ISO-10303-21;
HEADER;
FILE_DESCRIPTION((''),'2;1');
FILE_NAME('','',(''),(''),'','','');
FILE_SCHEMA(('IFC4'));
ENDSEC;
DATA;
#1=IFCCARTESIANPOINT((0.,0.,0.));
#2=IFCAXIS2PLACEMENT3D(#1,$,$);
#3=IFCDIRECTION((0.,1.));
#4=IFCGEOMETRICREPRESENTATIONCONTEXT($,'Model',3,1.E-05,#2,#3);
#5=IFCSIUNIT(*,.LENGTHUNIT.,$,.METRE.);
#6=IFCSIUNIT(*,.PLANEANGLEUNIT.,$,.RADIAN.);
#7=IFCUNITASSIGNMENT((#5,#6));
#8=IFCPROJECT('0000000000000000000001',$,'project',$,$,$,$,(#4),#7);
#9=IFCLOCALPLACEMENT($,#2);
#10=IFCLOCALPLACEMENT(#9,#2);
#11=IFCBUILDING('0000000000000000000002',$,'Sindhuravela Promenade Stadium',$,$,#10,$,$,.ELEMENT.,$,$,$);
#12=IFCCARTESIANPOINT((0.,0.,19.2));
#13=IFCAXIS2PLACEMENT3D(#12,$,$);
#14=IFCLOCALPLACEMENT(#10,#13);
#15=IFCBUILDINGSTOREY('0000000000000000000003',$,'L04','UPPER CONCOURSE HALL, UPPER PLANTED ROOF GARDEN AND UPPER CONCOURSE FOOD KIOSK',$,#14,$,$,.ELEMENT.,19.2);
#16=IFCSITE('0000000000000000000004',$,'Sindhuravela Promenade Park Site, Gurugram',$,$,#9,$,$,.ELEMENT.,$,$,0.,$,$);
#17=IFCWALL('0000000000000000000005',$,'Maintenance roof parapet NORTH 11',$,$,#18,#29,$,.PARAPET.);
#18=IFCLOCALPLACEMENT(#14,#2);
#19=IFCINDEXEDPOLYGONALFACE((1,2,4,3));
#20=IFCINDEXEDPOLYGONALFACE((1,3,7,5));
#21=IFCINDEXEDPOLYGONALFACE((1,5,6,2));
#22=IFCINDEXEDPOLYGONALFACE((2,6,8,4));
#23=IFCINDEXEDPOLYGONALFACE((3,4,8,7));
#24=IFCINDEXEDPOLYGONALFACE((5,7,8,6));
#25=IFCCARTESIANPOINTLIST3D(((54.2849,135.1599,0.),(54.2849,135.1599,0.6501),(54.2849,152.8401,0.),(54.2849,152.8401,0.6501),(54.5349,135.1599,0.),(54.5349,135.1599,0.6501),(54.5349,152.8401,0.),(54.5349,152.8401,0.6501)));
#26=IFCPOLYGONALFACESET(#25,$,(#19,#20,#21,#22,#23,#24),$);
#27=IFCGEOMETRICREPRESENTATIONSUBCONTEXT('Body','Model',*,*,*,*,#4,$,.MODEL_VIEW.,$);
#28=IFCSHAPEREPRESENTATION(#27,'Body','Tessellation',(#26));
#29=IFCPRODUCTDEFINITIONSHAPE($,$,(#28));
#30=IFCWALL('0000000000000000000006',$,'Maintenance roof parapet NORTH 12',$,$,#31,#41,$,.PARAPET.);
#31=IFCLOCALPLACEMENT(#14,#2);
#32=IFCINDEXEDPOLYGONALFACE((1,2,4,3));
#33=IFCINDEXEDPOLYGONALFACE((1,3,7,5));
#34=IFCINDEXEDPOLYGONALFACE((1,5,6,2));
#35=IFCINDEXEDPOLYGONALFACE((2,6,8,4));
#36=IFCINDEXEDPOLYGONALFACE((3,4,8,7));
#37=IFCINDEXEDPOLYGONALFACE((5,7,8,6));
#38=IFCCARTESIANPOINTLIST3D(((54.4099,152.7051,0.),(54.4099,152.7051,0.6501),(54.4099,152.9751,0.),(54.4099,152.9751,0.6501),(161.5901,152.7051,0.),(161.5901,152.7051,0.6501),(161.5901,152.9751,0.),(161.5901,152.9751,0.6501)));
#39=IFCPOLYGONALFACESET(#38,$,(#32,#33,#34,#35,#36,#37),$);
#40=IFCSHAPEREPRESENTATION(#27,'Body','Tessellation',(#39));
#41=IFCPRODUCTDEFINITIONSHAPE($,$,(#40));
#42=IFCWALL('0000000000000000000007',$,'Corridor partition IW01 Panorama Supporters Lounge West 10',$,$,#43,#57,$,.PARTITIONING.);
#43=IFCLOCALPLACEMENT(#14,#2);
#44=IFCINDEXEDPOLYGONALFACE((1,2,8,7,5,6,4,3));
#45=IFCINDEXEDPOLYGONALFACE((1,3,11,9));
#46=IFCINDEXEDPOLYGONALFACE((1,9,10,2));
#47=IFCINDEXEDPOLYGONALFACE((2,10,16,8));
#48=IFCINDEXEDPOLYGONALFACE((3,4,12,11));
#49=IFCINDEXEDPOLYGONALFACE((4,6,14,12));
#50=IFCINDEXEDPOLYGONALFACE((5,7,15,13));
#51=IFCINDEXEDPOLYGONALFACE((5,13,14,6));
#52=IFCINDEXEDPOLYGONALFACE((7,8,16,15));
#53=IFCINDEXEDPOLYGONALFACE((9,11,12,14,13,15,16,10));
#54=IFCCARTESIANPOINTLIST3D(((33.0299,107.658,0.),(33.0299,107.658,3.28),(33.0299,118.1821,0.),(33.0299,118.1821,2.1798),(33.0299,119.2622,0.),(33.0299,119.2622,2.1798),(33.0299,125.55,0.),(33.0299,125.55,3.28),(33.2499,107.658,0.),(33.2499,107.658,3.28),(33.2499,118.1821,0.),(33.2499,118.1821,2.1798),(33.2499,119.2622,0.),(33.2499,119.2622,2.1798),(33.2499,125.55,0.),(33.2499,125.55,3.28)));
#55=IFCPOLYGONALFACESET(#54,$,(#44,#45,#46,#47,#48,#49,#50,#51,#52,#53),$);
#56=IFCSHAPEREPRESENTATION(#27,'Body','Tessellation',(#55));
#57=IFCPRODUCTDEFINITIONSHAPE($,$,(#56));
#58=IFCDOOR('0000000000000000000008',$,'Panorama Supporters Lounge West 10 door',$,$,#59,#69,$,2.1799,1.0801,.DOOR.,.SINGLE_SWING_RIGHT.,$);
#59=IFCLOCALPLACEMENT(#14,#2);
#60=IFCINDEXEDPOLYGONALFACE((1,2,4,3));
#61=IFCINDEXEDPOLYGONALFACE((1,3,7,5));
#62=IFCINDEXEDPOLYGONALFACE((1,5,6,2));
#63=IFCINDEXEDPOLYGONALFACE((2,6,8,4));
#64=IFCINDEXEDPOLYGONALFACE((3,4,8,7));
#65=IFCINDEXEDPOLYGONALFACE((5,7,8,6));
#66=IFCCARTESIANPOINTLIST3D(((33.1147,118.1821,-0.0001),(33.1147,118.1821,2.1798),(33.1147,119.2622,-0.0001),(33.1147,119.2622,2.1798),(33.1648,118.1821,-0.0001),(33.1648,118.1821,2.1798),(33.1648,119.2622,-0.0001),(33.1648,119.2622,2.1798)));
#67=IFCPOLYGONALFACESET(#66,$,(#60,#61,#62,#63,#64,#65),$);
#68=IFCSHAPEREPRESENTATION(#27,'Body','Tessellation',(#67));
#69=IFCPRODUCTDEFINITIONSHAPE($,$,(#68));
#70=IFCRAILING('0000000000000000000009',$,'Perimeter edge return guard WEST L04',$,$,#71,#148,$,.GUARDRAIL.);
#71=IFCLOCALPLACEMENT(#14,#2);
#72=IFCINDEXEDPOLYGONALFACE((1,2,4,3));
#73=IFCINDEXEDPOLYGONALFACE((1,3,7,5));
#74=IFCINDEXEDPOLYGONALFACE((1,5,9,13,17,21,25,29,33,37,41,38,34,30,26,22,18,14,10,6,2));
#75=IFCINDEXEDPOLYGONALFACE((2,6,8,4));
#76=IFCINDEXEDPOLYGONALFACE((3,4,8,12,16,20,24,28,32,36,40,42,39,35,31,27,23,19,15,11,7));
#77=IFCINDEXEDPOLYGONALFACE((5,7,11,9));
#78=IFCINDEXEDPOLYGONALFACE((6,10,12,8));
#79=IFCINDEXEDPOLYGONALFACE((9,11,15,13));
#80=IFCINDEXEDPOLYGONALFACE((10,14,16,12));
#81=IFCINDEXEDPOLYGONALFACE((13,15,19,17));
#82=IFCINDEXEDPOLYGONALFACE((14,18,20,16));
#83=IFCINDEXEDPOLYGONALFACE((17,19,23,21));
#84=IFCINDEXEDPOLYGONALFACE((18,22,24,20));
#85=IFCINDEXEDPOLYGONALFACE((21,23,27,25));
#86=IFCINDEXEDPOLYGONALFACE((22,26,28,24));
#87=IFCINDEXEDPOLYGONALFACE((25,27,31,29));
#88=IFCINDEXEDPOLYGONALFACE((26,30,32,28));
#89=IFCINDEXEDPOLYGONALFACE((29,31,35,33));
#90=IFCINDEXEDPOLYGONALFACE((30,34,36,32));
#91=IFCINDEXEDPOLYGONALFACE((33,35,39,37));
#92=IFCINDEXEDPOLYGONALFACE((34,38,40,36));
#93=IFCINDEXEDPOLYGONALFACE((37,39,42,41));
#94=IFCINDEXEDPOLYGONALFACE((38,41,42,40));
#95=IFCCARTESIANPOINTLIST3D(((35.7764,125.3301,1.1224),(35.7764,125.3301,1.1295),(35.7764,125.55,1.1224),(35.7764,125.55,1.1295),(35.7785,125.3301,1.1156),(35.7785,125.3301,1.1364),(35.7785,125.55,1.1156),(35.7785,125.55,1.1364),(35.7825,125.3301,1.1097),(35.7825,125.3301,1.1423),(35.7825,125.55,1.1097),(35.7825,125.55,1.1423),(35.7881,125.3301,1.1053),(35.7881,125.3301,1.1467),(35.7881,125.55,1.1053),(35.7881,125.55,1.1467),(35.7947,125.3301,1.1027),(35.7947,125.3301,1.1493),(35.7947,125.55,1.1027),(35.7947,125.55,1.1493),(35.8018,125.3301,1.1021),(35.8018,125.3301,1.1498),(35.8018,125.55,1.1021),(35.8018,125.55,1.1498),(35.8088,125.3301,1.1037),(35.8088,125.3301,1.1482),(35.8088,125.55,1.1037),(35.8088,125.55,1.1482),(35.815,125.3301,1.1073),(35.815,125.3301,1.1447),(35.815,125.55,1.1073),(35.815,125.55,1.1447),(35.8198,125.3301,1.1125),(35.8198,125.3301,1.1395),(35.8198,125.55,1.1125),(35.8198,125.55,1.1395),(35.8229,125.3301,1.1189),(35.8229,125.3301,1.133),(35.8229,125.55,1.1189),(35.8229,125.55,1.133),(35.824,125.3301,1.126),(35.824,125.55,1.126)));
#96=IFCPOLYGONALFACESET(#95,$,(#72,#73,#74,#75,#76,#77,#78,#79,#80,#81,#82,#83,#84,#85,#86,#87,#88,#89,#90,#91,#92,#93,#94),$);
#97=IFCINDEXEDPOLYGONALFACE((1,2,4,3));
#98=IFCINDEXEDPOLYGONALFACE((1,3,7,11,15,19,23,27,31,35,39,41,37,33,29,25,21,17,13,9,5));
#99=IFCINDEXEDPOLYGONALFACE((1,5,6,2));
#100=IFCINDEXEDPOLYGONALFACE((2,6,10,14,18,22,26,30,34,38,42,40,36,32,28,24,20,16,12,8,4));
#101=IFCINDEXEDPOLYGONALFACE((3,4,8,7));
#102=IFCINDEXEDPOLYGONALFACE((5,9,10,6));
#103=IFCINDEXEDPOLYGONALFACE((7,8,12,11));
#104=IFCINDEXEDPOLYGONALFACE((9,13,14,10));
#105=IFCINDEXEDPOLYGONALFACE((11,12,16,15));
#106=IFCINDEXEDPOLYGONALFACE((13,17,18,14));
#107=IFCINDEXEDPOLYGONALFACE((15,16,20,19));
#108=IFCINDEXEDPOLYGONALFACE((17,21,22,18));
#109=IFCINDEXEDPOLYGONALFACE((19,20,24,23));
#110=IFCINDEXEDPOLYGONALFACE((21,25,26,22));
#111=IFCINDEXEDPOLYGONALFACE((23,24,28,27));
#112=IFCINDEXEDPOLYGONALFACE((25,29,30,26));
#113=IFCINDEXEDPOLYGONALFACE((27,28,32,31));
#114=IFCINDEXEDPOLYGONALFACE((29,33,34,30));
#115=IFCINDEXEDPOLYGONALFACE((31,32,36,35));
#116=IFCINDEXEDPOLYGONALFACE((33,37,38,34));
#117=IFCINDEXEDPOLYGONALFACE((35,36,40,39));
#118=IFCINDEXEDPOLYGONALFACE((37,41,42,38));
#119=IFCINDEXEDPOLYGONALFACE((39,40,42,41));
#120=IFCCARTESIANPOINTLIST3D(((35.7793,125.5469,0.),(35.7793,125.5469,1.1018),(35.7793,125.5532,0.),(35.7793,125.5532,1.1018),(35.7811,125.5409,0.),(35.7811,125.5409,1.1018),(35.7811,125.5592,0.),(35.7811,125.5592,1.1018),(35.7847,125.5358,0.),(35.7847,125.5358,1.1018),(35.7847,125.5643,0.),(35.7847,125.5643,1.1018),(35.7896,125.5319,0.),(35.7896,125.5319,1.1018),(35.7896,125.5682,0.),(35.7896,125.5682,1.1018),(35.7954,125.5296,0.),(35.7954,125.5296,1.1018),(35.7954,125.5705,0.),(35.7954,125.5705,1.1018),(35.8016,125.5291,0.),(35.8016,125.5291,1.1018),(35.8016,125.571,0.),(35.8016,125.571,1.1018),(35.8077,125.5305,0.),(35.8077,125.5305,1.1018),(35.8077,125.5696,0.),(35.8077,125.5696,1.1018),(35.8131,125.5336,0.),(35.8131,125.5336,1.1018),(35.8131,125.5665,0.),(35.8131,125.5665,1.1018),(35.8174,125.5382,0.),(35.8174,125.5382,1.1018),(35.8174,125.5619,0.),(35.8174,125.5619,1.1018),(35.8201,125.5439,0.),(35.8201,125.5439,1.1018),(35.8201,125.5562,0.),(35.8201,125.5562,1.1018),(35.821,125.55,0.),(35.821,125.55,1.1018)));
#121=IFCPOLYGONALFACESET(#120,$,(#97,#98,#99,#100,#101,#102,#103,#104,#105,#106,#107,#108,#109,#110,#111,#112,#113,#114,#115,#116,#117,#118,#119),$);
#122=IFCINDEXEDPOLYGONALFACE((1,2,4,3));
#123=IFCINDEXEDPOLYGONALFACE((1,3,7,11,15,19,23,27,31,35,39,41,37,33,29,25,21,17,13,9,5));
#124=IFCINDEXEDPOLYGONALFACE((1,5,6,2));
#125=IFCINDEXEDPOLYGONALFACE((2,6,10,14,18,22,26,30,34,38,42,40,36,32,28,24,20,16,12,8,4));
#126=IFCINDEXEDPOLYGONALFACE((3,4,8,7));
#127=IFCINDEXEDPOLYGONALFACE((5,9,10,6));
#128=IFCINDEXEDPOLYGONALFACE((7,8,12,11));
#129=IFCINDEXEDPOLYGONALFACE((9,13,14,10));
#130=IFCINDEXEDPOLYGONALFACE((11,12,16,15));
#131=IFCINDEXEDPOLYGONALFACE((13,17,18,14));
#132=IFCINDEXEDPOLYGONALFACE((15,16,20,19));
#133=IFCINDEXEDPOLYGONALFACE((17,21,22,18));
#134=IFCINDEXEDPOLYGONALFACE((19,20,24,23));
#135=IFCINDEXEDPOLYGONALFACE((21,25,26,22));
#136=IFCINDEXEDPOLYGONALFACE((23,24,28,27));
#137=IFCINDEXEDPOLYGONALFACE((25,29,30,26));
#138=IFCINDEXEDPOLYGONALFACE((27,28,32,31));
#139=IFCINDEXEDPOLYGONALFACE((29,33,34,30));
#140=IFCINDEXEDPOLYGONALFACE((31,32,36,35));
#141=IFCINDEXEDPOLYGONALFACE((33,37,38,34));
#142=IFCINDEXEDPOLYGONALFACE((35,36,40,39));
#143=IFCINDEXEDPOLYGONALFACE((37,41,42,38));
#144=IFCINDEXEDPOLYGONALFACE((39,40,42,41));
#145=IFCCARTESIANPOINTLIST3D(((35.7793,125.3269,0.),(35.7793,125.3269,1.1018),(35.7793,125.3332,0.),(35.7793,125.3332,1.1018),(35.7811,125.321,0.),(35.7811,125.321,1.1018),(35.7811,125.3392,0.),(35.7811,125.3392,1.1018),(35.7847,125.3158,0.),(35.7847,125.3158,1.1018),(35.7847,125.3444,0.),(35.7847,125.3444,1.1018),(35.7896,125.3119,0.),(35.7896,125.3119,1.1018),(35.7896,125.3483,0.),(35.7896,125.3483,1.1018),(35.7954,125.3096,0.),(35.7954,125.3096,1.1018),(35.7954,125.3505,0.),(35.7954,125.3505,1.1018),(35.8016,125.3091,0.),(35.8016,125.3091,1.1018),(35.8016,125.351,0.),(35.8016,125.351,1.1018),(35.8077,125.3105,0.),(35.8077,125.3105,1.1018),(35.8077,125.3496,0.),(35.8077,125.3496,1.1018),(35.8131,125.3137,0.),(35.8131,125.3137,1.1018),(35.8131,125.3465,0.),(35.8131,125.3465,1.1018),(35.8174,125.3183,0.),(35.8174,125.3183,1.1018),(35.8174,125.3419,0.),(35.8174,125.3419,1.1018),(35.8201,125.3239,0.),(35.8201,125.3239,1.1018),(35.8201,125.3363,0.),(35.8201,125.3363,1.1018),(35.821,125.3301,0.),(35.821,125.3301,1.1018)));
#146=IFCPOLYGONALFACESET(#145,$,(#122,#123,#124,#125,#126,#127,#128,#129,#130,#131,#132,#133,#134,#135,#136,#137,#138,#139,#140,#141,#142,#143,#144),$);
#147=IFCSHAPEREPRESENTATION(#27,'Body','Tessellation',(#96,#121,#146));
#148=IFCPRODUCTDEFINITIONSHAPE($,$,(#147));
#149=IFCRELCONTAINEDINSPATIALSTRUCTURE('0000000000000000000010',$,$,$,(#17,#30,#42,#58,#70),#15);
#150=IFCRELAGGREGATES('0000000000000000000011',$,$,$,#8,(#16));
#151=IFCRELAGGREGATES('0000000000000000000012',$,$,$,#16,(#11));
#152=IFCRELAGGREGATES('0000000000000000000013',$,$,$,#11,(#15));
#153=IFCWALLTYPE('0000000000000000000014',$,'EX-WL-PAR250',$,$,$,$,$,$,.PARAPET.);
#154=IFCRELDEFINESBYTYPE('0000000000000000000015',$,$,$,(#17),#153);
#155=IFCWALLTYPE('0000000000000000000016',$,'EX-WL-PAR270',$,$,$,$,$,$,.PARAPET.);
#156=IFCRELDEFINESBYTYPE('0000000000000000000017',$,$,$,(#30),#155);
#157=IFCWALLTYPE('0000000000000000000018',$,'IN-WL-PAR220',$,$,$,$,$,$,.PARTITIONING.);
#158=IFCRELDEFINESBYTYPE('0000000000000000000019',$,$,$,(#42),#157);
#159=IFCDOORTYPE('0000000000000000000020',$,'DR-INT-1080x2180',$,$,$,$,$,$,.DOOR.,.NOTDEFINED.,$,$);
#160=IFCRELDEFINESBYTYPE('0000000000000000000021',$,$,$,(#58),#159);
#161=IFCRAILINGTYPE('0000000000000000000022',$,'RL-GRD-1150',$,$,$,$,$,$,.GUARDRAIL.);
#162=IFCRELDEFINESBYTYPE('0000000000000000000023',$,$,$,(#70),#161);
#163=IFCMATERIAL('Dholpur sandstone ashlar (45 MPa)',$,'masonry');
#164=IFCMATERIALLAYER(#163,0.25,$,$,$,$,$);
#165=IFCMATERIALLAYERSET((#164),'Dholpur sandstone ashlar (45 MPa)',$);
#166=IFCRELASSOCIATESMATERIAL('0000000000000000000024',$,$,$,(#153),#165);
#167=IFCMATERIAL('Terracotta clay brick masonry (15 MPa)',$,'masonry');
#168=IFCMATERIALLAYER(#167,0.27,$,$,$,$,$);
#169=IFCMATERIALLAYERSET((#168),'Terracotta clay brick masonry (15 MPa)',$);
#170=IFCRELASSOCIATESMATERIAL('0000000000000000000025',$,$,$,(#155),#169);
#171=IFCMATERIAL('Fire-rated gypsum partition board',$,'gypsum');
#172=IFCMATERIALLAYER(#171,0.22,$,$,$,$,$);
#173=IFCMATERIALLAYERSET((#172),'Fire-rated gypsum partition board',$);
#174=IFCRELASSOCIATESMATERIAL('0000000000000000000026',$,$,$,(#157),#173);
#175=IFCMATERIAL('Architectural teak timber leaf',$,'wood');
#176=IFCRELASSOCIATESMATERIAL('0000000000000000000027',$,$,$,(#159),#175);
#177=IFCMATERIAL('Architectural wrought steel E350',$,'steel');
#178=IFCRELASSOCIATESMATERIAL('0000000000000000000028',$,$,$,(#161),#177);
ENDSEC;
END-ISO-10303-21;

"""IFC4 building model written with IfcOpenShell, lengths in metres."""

from ifc_helpers import new_model, si_unit, direction, frame, frame_2d, origin, origin_2d, place, context, subcontext, project, spatial, rectangle, circle, extrude, material, layer, layer_set, type_object, element, fill, save


model = new_model("IFC4")

# Units and contexts
model_context = context("Model", 3, precision=1e-05, world=origin(), true_north=direction((0.0, 1.0)))
body_context = subcontext(model_context, "Body", "Model", "MODEL_VIEW")
ifc_project = project(units=[si_unit("LENGTHUNIT", "METRE"), si_unit("PLANEANGLEUNIT", "RADIAN")], contexts=[model_context])

# Site, building, storey
site_placement = place(None, origin())
site = spatial("IfcSite", under=ifc_project, at=site_placement, Name="Sindhuravela Promenade Park Site, Gurugram", CompositionType="ELEMENT", RefElevation=0.0)
building_placement = place(site_placement, origin())
building = spatial("IfcBuilding", under=site, at=building_placement, Name="Sindhuravela Promenade Stadium", CompositionType="ELEMENT")
storey_placement = place(building_placement, frame((0.0, 0.0, 19.2)))
storey = spatial("IfcBuildingStorey", under=building, at=storey_placement, Name="L04", Description="UPPER CONCOURSE HALL, UPPER PLANTED ROOF GARDEN AND UPPER CONCOURSE FOOD KIOSK", CompositionType="ELEMENT", Elevation=19.2)

# Walls
ifc_material_1 = material(Name="Terracotta clay brick masonry (15 MPa)", Category="masonry")
ifc_material_2 = material(Name="Dholpur sandstone ashlar (45 MPa)", Category="masonry")
ifc_layer_1 = layer(ifc_material_2, 0.25)
ifc_layer_set_1 = layer_set([ifc_layer_1], Name="Dholpur sandstone ashlar (45 MPa)")
wall_type_1 = type_object("IfcWallType", Name="EX-WL-PAR250", PredefinedType="PARAPET", material=ifc_layer_set_1)
wall_1_placement = place(storey_placement, frame((54.4099, 135.1599, 0.0), z_axis=(0.0, 0.0, 1.0), x_axis=(0.0, 1.0, 0.0)))
element("IfcWall", 1, at=wall_1_placement, inside=storey, type_object=wall_type_1, Name="Maintenance roof parapet NORTH 11", PredefinedType="PARAPET", context=body_context, shape_type="SweptSolid", body=[
    extrude(rectangle(XDim=17.6802, YDim=0.25, at=frame_2d((8.8401, 0.0))), origin(), (0.0, 0.0, 1.0), 0.6501),
])
ifc_layer_2 = layer(ifc_material_1, 0.27)
ifc_layer_set_2 = layer_set([ifc_layer_2], Name="Terracotta clay brick masonry (15 MPa)")
wall_type_2 = type_object("IfcWallType", Name="EX-WL-PAR270", PredefinedType="PARAPET", material=ifc_layer_set_2)
wall_2_placement = place(storey_placement, frame((54.4099, 152.8401, 0.0), z_axis=(0.0, 0.0, 1.0), x_axis=(1.0, 0.0, 0.0)))
element("IfcWall", 2, at=wall_2_placement, inside=storey, type_object=wall_type_2, Name="Maintenance roof parapet NORTH 12", PredefinedType="PARAPET", context=body_context, shape_type="SweptSolid", body=[
    extrude(rectangle(XDim=107.1802, YDim=0.27, at=frame_2d((53.5901, 0.0))), origin(), (0.0, 0.0, 1.0), 0.6501),
])

# Wall, opening, door
ifc_material_3 = material(Name="Fire-rated gypsum partition board", Category="gypsum")
ifc_layer_3 = layer(ifc_material_3, 0.22)
ifc_layer_set_3 = layer_set([ifc_layer_3], Name="Fire-rated gypsum partition board")
wall_type_3 = type_object("IfcWallType", Name="IN-WL-PAR220", PredefinedType="PARTITIONING", material=ifc_layer_set_3)
wall_3_placement = place(storey_placement, frame((33.1399, 125.55, 0.0), z_axis=(0.0, 0.0, 1.0), x_axis=(0.0, -1.0, 0.0)))
wall_3 = element("IfcWall", 3, at=wall_3_placement, inside=storey, type_object=wall_type_3, Name="Corridor partition IW01 Panorama Supporters Lounge West 10", PredefinedType="PARTITIONING", context=body_context, shape_type="SweptSolid", body=[
    extrude(rectangle(XDim=17.8921, YDim=0.22, at=frame_2d((8.946, 0.0))), origin(), (0.0, 0.0, 1.0), 3.28),
])
opening_placement = place(wall_3_placement, frame((6.2878, 0.0, 0.0)))
opening = element("IfcOpeningElement", 4, at=opening_placement, cuts=wall_3, PredefinedType="OPENING", context=body_context, shape_type="SweptSolid", body=[
    extrude(rectangle(XDim=1.0801, YDim=2.1799, at=frame_2d((0.54, 1.0898))), frame((0.0, 0.1199, 0.0), z_axis=(0.0, -1.0, 0.0), x_axis=(1.0, 0.0, 0.0)), (0.0, 0.0, 1.0), 0.24),
])
ifc_material_4 = material(Name="Architectural teak timber leaf", Category="wood")
door_type = type_object("IfcDoorType", Name="DR-INT-1080x2180", OperationType="NOTDEFINED", PredefinedType="DOOR", material=ifc_material_4)
door_placement = place(opening_placement, origin())
door = element("IfcDoor", 5, at=door_placement, inside=storey, type_object=door_type, Name="Panorama Supporters Lounge West 10 door", OperationType="SINGLE_SWING_RIGHT", OverallHeight=2.1799, OverallWidth=1.0801, PredefinedType="DOOR", context=body_context, shape_type="SweptSolid", body=[
    extrude(rectangle(XDim=1.0801, YDim=2.1799, at=frame_2d((0.54, 1.0898))), frame((0.0, 0.0249, 0.0), z_axis=(0.0, -1.0, 0.0), x_axis=(1.0, 0.0, 0.0)), (0.0, 0.0, 1.0), 0.05),
])
fill(opening, door)

# Railing
ifc_material_5 = material(Name="Architectural wrought steel E350", Category="steel")
railing_type = type_object("IfcRailingType", Name="RL-GRD-1150", PredefinedType="GUARDRAIL", material=ifc_material_5)
railing_placement = place(storey_placement, frame((35.8, 125.55, 0.0)))
element("IfcRailing", 6, at=railing_placement, inside=storey, type_object=railing_type, Name="Perimeter edge return guard WEST L04", PredefinedType="GUARDRAIL", context=body_context, shape_type="SweptSolid", body=[
    extrude(circle(Radius=0.0239, at=origin_2d()), frame((0.0, 0.0, 1.126), z_axis=(0.0, -1.0, 0.0), x_axis=(1.0, 0.0, 0.0)), (0.0, 0.0, 1.0), 0.22),
    extrude(circle(Radius=0.021, at=origin_2d()), origin(), (0.0, 0.0, 1.0), 1.1018),
    extrude(circle(Radius=0.021, at=origin_2d()), frame((0.0, -0.22, 0.0)), (0.0, 0.0, 1.0), 1.1018),
])

save(model, "model.ifc")
